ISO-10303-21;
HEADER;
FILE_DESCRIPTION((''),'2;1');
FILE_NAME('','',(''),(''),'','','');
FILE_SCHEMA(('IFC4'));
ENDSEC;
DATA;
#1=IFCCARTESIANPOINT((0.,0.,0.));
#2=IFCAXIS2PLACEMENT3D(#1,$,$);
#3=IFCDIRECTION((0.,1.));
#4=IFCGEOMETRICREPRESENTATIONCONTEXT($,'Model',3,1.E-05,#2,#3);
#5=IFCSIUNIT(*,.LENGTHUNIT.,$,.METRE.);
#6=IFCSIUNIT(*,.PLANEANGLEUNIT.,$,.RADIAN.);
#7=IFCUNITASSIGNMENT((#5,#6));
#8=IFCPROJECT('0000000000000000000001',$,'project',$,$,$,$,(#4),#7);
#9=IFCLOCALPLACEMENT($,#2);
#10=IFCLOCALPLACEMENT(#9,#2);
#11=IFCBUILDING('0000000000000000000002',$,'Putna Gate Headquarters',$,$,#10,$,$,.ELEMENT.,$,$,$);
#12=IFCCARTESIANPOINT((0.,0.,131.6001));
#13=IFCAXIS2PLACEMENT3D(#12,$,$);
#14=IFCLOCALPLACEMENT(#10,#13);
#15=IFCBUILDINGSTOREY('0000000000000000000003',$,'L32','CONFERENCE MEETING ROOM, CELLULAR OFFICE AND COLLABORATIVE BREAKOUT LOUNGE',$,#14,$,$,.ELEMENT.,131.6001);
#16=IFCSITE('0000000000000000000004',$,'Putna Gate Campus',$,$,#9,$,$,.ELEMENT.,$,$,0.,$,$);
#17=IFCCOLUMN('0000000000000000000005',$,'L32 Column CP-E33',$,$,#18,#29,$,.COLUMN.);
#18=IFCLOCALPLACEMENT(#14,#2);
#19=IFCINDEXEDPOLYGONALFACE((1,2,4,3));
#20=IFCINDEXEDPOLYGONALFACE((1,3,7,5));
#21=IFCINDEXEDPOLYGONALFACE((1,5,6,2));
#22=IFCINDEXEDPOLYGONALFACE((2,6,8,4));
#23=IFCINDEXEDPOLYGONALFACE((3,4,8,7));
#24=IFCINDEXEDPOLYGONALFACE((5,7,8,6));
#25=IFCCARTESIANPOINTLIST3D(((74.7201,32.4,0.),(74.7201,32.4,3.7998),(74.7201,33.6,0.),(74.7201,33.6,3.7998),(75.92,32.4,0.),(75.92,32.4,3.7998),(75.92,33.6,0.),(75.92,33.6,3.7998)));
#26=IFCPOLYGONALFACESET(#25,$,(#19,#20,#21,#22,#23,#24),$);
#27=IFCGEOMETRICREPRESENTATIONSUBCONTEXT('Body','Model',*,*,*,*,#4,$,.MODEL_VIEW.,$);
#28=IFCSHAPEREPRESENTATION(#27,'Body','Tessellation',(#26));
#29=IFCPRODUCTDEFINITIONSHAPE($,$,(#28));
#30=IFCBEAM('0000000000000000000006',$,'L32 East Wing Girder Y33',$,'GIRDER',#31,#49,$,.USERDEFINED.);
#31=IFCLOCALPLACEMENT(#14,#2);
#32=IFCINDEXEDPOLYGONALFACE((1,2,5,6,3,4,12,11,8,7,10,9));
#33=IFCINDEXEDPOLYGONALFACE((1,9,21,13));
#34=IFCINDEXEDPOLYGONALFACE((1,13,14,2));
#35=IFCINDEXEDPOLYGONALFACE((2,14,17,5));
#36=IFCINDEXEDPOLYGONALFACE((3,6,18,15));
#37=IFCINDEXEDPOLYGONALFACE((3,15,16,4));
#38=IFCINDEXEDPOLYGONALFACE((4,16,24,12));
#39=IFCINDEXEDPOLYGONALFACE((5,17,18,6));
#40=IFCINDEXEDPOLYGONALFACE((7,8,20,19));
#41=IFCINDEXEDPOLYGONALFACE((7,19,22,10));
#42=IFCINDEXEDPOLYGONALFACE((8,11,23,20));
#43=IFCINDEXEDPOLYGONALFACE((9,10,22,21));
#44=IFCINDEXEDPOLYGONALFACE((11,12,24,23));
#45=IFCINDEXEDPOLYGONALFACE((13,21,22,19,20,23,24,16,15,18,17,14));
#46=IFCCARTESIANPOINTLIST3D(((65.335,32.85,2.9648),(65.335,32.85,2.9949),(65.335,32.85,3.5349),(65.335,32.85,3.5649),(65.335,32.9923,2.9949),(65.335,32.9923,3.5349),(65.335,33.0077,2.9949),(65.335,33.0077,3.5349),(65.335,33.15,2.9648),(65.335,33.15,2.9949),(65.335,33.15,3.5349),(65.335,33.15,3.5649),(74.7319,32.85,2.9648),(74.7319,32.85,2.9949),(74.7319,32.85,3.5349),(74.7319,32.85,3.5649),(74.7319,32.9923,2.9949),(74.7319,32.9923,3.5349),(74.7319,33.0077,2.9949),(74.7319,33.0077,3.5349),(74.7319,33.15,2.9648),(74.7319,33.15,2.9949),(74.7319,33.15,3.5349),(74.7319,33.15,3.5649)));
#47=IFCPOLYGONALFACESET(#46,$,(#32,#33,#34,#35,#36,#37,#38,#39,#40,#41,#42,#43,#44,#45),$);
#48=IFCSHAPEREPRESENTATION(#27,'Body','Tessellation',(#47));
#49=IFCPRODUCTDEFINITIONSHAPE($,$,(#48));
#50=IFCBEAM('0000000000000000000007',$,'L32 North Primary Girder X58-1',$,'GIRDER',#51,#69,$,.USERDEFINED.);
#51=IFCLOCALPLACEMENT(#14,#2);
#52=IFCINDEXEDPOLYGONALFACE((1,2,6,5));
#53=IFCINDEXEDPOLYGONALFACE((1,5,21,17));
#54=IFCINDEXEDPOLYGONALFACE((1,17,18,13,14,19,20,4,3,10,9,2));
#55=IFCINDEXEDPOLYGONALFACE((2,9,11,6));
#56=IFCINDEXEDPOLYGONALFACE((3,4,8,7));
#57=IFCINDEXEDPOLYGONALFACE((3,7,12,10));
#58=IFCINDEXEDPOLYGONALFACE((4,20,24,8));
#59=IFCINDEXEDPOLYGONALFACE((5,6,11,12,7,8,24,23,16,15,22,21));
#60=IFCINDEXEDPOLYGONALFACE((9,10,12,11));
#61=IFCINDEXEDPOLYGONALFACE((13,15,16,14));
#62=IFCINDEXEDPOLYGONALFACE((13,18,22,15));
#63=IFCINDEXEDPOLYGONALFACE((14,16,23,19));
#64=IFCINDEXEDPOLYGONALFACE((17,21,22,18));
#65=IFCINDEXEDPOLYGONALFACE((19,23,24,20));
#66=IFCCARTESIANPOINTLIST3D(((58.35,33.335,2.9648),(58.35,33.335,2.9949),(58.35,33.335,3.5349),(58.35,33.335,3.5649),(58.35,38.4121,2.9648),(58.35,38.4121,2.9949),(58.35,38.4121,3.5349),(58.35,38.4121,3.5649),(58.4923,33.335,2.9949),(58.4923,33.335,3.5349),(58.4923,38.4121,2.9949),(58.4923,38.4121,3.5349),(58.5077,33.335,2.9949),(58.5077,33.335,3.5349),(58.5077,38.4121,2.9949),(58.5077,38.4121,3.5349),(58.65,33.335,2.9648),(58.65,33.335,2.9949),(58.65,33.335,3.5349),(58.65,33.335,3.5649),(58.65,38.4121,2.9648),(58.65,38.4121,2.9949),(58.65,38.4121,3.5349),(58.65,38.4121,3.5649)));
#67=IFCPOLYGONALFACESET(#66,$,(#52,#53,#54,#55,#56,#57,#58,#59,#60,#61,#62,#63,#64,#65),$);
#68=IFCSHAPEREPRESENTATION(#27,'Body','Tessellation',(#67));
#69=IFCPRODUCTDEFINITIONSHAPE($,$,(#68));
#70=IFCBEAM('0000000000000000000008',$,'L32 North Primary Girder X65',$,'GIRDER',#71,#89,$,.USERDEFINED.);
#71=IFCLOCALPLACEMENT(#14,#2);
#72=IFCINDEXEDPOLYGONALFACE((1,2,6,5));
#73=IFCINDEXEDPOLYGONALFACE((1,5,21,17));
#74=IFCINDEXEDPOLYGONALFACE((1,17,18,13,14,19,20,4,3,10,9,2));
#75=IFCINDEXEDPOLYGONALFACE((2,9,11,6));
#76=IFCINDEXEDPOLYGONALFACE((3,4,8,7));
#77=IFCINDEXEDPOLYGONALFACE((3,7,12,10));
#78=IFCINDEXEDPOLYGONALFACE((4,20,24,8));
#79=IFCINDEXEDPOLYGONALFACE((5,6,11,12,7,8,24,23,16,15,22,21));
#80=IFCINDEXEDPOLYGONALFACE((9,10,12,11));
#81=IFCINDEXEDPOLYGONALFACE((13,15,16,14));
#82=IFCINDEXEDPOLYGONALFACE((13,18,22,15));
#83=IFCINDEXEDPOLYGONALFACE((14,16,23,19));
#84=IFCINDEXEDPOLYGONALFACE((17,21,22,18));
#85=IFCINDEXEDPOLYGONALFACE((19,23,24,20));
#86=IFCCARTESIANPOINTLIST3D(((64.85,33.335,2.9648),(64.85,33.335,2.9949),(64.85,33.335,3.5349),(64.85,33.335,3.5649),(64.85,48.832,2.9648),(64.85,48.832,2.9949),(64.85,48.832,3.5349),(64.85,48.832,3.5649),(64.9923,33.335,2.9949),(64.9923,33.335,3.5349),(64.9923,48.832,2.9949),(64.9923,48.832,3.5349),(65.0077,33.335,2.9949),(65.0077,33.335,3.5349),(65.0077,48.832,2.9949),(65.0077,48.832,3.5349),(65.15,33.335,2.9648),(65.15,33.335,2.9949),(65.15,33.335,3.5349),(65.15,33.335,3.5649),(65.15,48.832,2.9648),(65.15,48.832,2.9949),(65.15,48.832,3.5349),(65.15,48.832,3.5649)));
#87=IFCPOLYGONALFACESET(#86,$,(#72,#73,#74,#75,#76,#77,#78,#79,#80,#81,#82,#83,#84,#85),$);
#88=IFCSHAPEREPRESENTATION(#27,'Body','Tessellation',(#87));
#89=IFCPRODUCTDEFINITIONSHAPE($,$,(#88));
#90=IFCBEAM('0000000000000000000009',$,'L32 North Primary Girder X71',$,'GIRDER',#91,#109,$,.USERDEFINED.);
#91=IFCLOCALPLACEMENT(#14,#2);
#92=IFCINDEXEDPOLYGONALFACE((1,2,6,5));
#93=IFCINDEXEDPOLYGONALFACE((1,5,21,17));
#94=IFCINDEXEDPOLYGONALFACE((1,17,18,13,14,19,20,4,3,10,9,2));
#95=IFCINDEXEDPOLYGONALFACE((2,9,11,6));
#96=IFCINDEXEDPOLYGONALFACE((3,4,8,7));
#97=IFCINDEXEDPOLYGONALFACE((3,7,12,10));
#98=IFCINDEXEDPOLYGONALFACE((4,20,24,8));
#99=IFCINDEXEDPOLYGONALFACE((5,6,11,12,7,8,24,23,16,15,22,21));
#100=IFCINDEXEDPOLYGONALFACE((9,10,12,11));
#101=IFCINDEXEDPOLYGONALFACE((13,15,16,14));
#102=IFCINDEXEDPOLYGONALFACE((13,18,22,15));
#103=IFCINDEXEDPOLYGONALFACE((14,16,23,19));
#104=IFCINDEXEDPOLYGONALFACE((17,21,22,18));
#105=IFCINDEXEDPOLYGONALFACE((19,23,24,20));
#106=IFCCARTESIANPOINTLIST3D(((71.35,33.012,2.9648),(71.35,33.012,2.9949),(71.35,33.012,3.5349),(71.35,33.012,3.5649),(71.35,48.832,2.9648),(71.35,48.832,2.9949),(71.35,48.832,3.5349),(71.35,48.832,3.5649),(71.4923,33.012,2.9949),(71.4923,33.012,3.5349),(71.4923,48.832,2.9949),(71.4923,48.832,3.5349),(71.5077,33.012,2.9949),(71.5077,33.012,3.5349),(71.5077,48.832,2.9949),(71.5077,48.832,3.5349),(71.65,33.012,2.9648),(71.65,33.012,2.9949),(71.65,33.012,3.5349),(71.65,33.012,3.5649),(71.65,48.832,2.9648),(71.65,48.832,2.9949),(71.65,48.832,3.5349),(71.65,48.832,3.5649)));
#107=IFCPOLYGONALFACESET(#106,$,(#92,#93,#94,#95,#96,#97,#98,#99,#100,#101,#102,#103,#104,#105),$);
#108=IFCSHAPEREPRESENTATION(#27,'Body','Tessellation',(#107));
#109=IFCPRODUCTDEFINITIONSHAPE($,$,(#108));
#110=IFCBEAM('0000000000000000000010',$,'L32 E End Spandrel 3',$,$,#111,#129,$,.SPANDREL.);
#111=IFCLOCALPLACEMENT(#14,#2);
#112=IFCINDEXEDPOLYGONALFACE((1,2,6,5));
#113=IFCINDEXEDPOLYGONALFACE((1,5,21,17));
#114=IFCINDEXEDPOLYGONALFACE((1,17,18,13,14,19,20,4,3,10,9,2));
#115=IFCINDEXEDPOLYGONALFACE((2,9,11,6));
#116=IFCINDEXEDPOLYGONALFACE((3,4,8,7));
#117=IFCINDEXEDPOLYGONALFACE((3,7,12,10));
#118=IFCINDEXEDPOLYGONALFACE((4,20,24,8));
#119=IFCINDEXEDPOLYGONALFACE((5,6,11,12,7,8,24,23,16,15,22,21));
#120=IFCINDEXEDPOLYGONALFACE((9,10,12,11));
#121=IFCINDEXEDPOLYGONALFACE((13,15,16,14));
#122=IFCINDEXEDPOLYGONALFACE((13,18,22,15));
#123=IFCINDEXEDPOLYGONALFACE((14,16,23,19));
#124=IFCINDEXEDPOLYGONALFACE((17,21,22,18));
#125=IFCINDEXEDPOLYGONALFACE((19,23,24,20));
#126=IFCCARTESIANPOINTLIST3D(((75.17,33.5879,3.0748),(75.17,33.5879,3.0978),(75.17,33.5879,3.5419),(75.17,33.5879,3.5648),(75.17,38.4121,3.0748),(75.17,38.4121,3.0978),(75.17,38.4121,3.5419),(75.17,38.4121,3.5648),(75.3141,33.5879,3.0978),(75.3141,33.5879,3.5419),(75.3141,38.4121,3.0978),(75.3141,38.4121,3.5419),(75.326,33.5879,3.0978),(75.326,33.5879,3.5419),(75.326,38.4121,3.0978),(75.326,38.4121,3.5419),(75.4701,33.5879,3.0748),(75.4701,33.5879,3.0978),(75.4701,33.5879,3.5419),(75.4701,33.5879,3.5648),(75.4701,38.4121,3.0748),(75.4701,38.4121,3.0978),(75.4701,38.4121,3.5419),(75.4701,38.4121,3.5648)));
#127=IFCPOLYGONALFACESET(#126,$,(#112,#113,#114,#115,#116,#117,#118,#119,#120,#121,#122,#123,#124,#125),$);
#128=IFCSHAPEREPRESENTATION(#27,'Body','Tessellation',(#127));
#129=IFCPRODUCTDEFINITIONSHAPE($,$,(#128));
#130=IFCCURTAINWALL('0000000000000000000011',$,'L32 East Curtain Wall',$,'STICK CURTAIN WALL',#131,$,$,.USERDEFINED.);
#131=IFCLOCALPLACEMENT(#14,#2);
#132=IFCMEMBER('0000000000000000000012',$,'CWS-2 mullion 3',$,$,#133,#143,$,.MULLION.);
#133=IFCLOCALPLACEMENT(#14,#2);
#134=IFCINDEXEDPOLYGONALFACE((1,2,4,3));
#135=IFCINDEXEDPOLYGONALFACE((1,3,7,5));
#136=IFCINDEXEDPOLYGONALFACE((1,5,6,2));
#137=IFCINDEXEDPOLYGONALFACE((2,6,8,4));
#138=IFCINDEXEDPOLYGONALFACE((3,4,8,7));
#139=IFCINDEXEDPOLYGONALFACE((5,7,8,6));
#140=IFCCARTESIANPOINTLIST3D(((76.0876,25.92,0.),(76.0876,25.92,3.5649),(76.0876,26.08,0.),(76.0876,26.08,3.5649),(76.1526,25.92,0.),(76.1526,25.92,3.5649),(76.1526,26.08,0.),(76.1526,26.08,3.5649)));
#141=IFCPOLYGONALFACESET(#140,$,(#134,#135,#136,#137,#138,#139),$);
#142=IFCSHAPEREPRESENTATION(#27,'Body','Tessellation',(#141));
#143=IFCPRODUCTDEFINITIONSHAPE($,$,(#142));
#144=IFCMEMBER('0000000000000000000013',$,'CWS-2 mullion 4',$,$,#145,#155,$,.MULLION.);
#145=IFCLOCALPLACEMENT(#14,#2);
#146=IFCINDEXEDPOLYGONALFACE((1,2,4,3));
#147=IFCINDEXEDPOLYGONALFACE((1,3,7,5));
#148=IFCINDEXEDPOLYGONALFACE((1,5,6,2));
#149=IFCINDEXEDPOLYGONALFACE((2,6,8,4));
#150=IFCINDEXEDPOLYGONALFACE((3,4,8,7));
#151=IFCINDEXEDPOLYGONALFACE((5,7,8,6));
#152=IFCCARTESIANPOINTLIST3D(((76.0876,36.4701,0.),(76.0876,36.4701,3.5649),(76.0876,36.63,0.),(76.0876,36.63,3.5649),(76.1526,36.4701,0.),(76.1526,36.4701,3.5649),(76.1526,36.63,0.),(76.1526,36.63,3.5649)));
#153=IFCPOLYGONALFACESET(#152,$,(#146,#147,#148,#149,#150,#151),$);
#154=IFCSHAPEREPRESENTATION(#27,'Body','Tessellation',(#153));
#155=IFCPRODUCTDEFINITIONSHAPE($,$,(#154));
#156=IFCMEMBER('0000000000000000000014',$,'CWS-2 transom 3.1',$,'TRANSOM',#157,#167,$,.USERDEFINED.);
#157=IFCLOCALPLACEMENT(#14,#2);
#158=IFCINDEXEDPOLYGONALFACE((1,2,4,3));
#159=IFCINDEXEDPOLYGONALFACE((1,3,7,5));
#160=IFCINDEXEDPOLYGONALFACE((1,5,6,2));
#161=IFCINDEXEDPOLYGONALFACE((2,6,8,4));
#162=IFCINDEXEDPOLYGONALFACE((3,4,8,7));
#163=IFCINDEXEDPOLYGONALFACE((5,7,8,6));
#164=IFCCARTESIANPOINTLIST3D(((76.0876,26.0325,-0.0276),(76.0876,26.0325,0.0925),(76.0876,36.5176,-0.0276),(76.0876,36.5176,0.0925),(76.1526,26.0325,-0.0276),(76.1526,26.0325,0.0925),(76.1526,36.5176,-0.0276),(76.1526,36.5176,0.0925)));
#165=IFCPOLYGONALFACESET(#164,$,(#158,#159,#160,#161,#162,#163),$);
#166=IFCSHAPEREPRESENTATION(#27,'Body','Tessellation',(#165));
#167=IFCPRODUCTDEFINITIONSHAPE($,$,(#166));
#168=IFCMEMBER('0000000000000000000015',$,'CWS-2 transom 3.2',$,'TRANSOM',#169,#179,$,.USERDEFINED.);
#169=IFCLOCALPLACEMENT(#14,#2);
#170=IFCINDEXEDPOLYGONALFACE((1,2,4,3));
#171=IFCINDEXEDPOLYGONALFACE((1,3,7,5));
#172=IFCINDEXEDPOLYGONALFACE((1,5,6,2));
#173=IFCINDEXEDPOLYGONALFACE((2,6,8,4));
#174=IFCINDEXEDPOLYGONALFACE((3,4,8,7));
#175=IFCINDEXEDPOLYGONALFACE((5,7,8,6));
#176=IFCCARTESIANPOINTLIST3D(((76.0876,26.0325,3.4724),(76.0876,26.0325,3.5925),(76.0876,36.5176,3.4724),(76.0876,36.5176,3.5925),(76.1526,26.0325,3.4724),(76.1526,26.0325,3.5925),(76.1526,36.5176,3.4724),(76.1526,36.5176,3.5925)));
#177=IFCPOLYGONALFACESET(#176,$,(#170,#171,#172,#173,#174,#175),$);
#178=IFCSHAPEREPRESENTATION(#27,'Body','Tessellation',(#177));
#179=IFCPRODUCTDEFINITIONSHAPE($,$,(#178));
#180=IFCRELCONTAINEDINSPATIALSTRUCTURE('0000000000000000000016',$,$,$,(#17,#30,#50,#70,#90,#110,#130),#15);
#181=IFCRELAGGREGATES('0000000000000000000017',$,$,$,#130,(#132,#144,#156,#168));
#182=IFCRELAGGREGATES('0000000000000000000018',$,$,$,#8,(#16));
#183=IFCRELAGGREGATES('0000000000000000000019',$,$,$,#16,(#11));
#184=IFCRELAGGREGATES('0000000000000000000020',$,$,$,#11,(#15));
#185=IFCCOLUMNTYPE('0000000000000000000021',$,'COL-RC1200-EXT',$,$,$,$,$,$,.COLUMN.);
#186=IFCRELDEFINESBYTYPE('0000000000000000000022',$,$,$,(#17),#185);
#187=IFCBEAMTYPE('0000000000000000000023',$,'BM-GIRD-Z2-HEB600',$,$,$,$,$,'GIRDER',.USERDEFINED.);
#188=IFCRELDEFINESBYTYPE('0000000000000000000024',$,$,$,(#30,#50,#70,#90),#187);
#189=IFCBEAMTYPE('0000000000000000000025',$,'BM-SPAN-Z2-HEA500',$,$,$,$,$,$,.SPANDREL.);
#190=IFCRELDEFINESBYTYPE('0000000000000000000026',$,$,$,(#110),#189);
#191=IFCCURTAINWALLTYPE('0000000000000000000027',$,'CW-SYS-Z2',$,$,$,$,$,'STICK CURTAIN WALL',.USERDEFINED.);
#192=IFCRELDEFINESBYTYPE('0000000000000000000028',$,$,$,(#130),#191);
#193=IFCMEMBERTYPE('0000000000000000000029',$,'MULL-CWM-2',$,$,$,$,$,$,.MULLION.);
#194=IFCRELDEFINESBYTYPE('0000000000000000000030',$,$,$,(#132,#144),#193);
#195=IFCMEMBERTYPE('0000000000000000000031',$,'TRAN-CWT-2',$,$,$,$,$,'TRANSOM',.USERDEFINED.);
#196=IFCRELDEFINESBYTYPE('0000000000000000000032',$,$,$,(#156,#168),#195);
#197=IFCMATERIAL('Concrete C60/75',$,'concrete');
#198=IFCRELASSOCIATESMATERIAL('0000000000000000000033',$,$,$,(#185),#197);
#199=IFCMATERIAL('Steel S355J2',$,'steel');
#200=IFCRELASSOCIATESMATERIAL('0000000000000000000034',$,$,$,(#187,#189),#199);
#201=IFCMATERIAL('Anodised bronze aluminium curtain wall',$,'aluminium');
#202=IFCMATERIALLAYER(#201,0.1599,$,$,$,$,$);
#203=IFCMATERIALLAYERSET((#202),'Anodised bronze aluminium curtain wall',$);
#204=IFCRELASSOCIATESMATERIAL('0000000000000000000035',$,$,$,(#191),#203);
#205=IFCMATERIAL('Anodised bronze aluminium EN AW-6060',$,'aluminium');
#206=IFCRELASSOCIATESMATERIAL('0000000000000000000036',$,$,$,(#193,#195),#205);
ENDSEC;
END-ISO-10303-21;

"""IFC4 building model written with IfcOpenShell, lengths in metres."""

from ifc_helpers import new_model, si_unit, direction, frame, origin, origin_2d, place, context, subcontext, project, spatial, rectangle, i_section, extrude, material, layer, layer_set, material_profile, profile_set, type_object, element, aggregate, save


model = new_model("IFC4")

# Units and contexts
model_context = context("Model", 3, precision=1e-05, world=origin(), true_north=direction((0.0, 1.0)))
body_context = subcontext(model_context, "Body", "Model", "MODEL_VIEW")
ifc_project = project(units=[si_unit("LENGTHUNIT", "METRE"), si_unit("PLANEANGLEUNIT", "RADIAN")], contexts=[model_context])

# Site, building, storey
site_placement = place(None, origin())
site = spatial("IfcSite", under=ifc_project, at=site_placement, Name="Putna Gate Campus", CompositionType="ELEMENT", RefElevation=0.0)
building_placement = place(site_placement, origin())
building = spatial("IfcBuilding", under=site, at=building_placement, Name="Putna Gate Headquarters", CompositionType="ELEMENT")
storey_placement = place(building_placement, frame((0.0, 0.0, 131.6001)))
storey = spatial("IfcBuildingStorey", under=building, at=storey_placement, Name="L32", Description="CONFERENCE MEETING ROOM, CELLULAR OFFICE AND COLLABORATIVE BREAKOUT LOUNGE", CompositionType="ELEMENT", Elevation=131.6001)

# Column
ifc_material_1 = material(Name="Concrete C60/75", Category="concrete")
ifc_material_profile_1 = material_profile(ifc_material_1, rectangle(XDim=1.2, YDim=1.2, at=origin_2d()), Name="Concrete C60/75")
ifc_profile_set_1 = profile_set([ifc_material_profile_1], Name="Concrete C60/75")
column_type = type_object("IfcColumnType", Name="COL-RC1200-EXT", PredefinedType="COLUMN", material=ifc_profile_set_1)
column_placement = place(storey_placement, frame((75.3201, 33.0, 0.0), z_axis=(0.0, 0.0, 1.0), x_axis=(1.0, 0.0, 0.0)))
element("IfcColumn", 1, at=column_placement, inside=storey, type_object=column_type, Name="L32 Column CP-E33", PredefinedType="COLUMN", context=body_context, shape_type="SweptSolid", body=[
    extrude(rectangle(XDim=1.2, YDim=1.2, at=origin_2d()), origin(), (0.0, 0.0, 1.0), 3.7998),
])

# Beams
ifc_material_2 = material(Name="Steel S355J2", Category="steel")
ifc_material_profile_2 = material_profile(ifc_material_2, i_section(OverallWidth=0.3, OverallDepth=0.6001, WebThickness=0.0154, FlangeThickness=0.03, at=origin_2d()), Name="Steel S355J2")
ifc_profile_set_2 = profile_set([ifc_material_profile_2], Name="Steel S355J2")
beam_type_1 = type_object("IfcBeamType", Name="BM-GIRD-Z2-HEB600", ElementType="GIRDER", PredefinedType="USERDEFINED", material=ifc_profile_set_2)
beam_1_placement = place(storey_placement, frame((65.335, 33.0, 3.2649), z_axis=(1.0, 0.0, 0.0), x_axis=(0.0, 1.0, 0.0)))
element("IfcBeam", 2, at=beam_1_placement, inside=storey, type_object=beam_type_1, Name="L32 East Wing Girder Y33", ObjectType="GIRDER", PredefinedType="USERDEFINED", context=body_context, shape_type="SweptSolid", body=[
    extrude(i_section(OverallWidth=0.3, OverallDepth=0.6001, WebThickness=0.0154, FlangeThickness=0.03, at=origin_2d()), origin(), (0.0, 0.0, 1.0), 9.397),
])
beam_2_placement = place(storey_placement, frame((58.5, 33.335, 3.2649), z_axis=(0.0, 1.0, 0.0), x_axis=(-1.0, 0.0, 0.0)))
element("IfcBeam", 3, at=beam_2_placement, inside=storey, type_object=beam_type_1, Name="L32 North Primary Girder X58-1", ObjectType="GIRDER", PredefinedType="USERDEFINED", context=body_context, shape_type="SweptSolid", body=[
    extrude(i_section(OverallWidth=0.3, OverallDepth=0.6001, WebThickness=0.0154, FlangeThickness=0.03, at=origin_2d()), origin(), (0.0, 0.0, 1.0), 5.0771),
])
beam_3_placement = place(storey_placement, frame((65.0, 33.335, 3.2649), z_axis=(0.0, 1.0, 0.0), x_axis=(-1.0, 0.0, 0.0)))
element("IfcBeam", 4, at=beam_3_placement, inside=storey, type_object=beam_type_1, Name="L32 North Primary Girder X65", ObjectType="GIRDER", PredefinedType="USERDEFINED", context=body_context, shape_type="SweptSolid", body=[
    extrude(i_section(OverallWidth=0.3, OverallDepth=0.6001, WebThickness=0.0154, FlangeThickness=0.03, at=origin_2d()), origin(), (0.0, 0.0, 1.0), 15.4971),
])
beam_4_placement = place(storey_placement, frame((71.5, 33.012, 3.2649), z_axis=(0.0, 1.0, 0.0), x_axis=(-1.0, 0.0, 0.0)))
element("IfcBeam", 5, at=beam_4_placement, inside=storey, type_object=beam_type_1, Name="L32 North Primary Girder X71", ObjectType="GIRDER", PredefinedType="USERDEFINED", context=body_context, shape_type="SweptSolid", body=[
    extrude(i_section(OverallWidth=0.3, OverallDepth=0.6001, WebThickness=0.0154, FlangeThickness=0.03, at=origin_2d()), origin(), (0.0, 0.0, 1.0), 15.8201),
])
ifc_material_profile_3 = material_profile(ifc_material_2, i_section(OverallWidth=0.3, OverallDepth=0.49, WebThickness=0.012, FlangeThickness=0.0229, at=origin_2d()), Name="Steel S355J2")
ifc_profile_set_3 = profile_set([ifc_material_profile_3], Name="Steel S355J2")
beam_type_2 = type_object("IfcBeamType", Name="BM-SPAN-Z2-HEA500", PredefinedType="SPANDREL", material=ifc_profile_set_3)
beam_5_placement = place(storey_placement, frame((75.3201, 33.5879, 3.3198), z_axis=(0.0, 1.0, 0.0), x_axis=(-1.0, 0.0, 0.0)))
element("IfcBeam", 6, at=beam_5_placement, inside=storey, type_object=beam_type_2, Name="L32 E End Spandrel 3", PredefinedType="SPANDREL", context=body_context, shape_type="SweptSolid", body=[
    extrude(i_section(OverallWidth=0.3, OverallDepth=0.49, WebThickness=0.012, FlangeThickness=0.0229, at=origin_2d()), origin(), (0.0, 0.0, 1.0), 4.8242),
])

# Curtain wall, members
ifc_material_3 = material(Name="Anodised bronze aluminium curtain wall", Category="aluminium")
ifc_layer_1 = layer(ifc_material_3, 0.1599)
ifc_layer_set_1 = layer_set([ifc_layer_1], Name="Anodised bronze aluminium curtain wall")
curtain_wall_type = type_object("IfcCurtainWallType", Name="CW-SYS-Z2", ElementType="STICK CURTAIN WALL", PredefinedType="USERDEFINED", material=ifc_layer_set_1)
curtain_wall_placement = place(storey_placement, origin())
curtain_wall = element("IfcCurtainWall", 7, at=curtain_wall_placement, inside=storey, type_object=curtain_wall_type, Name="L32 East Curtain Wall", ObjectType="STICK CURTAIN WALL", PredefinedType="USERDEFINED")
ifc_material_4 = material(Name="Anodised bronze aluminium EN AW-6060", Category="aluminium")
ifc_material_profile_4 = material_profile(ifc_material_4, rectangle(XDim=0.0649, YDim=0.1599, at=origin_2d()), Name="Anodised bronze aluminium EN AW-6060")
ifc_profile_set_4 = profile_set([ifc_material_profile_4], Name="Anodised bronze aluminium EN AW-6060")
member_type_1 = type_object("IfcMemberType", Name="MULL-CWM-2", PredefinedType="MULLION", material=ifc_profile_set_4)
member_1_placement = place(storey_placement, frame((76.1201, 26.0, 0.0), z_axis=(0.0, 0.0, 1.0), x_axis=(-1.0, 0.0, 0.0)))
member_1 = element("IfcMember", 8, at=member_1_placement, type_object=member_type_1, Name="CWS-2 mullion 3", PredefinedType="MULLION", context=body_context, shape_type="SweptSolid", body=[
    extrude(rectangle(XDim=0.0649, YDim=0.1599, at=origin_2d()), origin(), (0.0, 0.0, 1.0), 3.5649),
])
member_2_placement = place(storey_placement, frame((76.1201, 36.55, 0.0), z_axis=(0.0, 0.0, 1.0), x_axis=(-1.0, 0.0, 0.0)))
member_2 = element("IfcMember", 9, at=member_2_placement, type_object=member_type_1, Name="CWS-2 mullion 4", PredefinedType="MULLION", context=body_context, shape_type="SweptSolid", body=[
    extrude(rectangle(XDim=0.0649, YDim=0.1599, at=origin_2d()), origin(), (0.0, 0.0, 1.0), 3.5649),
])
ifc_material_profile_5 = material_profile(ifc_material_4, rectangle(XDim=0.0649, YDim=0.1201, at=origin_2d()), Name="Anodised bronze aluminium EN AW-6060")
ifc_profile_set_5 = profile_set([ifc_material_profile_5], Name="Anodised bronze aluminium EN AW-6060")
member_type_2 = type_object("IfcMemberType", Name="TRAN-CWT-2", ElementType="TRANSOM", PredefinedType="USERDEFINED", material=ifc_profile_set_5)
member_3_placement = place(storey_placement, frame((76.1201, 26.0325, 0.0325), z_axis=(0.0, 1.0, 0.0), x_axis=(-1.0, 0.0, 0.0)))
member_3 = element("IfcMember", 10, at=member_3_placement, type_object=member_type_2, Name="CWS-2 transom 3.1", ObjectType="TRANSOM", PredefinedType="USERDEFINED", context=body_context, shape_type="SweptSolid", body=[
    extrude(rectangle(XDim=0.0649, YDim=0.1201, at=origin_2d()), origin(), (0.0, 0.0, 1.0), 10.4851),
])
member_4_placement = place(storey_placement, frame((76.1201, 26.0325, 3.5325), z_axis=(0.0, 1.0, 0.0), x_axis=(-1.0, 0.0, 0.0)))
member_4 = element("IfcMember", 11, at=member_4_placement, type_object=member_type_2, Name="CWS-2 transom 3.2", ObjectType="TRANSOM", PredefinedType="USERDEFINED", context=body_context, shape_type="SweptSolid", body=[
    extrude(rectangle(XDim=0.0649, YDim=0.1201, at=origin_2d()), origin(), (0.0, 0.0, 1.0), 10.4851),
])
aggregate(curtain_wall, [member_1, member_2, member_3, member_4])

save(model, "model.ifc")
